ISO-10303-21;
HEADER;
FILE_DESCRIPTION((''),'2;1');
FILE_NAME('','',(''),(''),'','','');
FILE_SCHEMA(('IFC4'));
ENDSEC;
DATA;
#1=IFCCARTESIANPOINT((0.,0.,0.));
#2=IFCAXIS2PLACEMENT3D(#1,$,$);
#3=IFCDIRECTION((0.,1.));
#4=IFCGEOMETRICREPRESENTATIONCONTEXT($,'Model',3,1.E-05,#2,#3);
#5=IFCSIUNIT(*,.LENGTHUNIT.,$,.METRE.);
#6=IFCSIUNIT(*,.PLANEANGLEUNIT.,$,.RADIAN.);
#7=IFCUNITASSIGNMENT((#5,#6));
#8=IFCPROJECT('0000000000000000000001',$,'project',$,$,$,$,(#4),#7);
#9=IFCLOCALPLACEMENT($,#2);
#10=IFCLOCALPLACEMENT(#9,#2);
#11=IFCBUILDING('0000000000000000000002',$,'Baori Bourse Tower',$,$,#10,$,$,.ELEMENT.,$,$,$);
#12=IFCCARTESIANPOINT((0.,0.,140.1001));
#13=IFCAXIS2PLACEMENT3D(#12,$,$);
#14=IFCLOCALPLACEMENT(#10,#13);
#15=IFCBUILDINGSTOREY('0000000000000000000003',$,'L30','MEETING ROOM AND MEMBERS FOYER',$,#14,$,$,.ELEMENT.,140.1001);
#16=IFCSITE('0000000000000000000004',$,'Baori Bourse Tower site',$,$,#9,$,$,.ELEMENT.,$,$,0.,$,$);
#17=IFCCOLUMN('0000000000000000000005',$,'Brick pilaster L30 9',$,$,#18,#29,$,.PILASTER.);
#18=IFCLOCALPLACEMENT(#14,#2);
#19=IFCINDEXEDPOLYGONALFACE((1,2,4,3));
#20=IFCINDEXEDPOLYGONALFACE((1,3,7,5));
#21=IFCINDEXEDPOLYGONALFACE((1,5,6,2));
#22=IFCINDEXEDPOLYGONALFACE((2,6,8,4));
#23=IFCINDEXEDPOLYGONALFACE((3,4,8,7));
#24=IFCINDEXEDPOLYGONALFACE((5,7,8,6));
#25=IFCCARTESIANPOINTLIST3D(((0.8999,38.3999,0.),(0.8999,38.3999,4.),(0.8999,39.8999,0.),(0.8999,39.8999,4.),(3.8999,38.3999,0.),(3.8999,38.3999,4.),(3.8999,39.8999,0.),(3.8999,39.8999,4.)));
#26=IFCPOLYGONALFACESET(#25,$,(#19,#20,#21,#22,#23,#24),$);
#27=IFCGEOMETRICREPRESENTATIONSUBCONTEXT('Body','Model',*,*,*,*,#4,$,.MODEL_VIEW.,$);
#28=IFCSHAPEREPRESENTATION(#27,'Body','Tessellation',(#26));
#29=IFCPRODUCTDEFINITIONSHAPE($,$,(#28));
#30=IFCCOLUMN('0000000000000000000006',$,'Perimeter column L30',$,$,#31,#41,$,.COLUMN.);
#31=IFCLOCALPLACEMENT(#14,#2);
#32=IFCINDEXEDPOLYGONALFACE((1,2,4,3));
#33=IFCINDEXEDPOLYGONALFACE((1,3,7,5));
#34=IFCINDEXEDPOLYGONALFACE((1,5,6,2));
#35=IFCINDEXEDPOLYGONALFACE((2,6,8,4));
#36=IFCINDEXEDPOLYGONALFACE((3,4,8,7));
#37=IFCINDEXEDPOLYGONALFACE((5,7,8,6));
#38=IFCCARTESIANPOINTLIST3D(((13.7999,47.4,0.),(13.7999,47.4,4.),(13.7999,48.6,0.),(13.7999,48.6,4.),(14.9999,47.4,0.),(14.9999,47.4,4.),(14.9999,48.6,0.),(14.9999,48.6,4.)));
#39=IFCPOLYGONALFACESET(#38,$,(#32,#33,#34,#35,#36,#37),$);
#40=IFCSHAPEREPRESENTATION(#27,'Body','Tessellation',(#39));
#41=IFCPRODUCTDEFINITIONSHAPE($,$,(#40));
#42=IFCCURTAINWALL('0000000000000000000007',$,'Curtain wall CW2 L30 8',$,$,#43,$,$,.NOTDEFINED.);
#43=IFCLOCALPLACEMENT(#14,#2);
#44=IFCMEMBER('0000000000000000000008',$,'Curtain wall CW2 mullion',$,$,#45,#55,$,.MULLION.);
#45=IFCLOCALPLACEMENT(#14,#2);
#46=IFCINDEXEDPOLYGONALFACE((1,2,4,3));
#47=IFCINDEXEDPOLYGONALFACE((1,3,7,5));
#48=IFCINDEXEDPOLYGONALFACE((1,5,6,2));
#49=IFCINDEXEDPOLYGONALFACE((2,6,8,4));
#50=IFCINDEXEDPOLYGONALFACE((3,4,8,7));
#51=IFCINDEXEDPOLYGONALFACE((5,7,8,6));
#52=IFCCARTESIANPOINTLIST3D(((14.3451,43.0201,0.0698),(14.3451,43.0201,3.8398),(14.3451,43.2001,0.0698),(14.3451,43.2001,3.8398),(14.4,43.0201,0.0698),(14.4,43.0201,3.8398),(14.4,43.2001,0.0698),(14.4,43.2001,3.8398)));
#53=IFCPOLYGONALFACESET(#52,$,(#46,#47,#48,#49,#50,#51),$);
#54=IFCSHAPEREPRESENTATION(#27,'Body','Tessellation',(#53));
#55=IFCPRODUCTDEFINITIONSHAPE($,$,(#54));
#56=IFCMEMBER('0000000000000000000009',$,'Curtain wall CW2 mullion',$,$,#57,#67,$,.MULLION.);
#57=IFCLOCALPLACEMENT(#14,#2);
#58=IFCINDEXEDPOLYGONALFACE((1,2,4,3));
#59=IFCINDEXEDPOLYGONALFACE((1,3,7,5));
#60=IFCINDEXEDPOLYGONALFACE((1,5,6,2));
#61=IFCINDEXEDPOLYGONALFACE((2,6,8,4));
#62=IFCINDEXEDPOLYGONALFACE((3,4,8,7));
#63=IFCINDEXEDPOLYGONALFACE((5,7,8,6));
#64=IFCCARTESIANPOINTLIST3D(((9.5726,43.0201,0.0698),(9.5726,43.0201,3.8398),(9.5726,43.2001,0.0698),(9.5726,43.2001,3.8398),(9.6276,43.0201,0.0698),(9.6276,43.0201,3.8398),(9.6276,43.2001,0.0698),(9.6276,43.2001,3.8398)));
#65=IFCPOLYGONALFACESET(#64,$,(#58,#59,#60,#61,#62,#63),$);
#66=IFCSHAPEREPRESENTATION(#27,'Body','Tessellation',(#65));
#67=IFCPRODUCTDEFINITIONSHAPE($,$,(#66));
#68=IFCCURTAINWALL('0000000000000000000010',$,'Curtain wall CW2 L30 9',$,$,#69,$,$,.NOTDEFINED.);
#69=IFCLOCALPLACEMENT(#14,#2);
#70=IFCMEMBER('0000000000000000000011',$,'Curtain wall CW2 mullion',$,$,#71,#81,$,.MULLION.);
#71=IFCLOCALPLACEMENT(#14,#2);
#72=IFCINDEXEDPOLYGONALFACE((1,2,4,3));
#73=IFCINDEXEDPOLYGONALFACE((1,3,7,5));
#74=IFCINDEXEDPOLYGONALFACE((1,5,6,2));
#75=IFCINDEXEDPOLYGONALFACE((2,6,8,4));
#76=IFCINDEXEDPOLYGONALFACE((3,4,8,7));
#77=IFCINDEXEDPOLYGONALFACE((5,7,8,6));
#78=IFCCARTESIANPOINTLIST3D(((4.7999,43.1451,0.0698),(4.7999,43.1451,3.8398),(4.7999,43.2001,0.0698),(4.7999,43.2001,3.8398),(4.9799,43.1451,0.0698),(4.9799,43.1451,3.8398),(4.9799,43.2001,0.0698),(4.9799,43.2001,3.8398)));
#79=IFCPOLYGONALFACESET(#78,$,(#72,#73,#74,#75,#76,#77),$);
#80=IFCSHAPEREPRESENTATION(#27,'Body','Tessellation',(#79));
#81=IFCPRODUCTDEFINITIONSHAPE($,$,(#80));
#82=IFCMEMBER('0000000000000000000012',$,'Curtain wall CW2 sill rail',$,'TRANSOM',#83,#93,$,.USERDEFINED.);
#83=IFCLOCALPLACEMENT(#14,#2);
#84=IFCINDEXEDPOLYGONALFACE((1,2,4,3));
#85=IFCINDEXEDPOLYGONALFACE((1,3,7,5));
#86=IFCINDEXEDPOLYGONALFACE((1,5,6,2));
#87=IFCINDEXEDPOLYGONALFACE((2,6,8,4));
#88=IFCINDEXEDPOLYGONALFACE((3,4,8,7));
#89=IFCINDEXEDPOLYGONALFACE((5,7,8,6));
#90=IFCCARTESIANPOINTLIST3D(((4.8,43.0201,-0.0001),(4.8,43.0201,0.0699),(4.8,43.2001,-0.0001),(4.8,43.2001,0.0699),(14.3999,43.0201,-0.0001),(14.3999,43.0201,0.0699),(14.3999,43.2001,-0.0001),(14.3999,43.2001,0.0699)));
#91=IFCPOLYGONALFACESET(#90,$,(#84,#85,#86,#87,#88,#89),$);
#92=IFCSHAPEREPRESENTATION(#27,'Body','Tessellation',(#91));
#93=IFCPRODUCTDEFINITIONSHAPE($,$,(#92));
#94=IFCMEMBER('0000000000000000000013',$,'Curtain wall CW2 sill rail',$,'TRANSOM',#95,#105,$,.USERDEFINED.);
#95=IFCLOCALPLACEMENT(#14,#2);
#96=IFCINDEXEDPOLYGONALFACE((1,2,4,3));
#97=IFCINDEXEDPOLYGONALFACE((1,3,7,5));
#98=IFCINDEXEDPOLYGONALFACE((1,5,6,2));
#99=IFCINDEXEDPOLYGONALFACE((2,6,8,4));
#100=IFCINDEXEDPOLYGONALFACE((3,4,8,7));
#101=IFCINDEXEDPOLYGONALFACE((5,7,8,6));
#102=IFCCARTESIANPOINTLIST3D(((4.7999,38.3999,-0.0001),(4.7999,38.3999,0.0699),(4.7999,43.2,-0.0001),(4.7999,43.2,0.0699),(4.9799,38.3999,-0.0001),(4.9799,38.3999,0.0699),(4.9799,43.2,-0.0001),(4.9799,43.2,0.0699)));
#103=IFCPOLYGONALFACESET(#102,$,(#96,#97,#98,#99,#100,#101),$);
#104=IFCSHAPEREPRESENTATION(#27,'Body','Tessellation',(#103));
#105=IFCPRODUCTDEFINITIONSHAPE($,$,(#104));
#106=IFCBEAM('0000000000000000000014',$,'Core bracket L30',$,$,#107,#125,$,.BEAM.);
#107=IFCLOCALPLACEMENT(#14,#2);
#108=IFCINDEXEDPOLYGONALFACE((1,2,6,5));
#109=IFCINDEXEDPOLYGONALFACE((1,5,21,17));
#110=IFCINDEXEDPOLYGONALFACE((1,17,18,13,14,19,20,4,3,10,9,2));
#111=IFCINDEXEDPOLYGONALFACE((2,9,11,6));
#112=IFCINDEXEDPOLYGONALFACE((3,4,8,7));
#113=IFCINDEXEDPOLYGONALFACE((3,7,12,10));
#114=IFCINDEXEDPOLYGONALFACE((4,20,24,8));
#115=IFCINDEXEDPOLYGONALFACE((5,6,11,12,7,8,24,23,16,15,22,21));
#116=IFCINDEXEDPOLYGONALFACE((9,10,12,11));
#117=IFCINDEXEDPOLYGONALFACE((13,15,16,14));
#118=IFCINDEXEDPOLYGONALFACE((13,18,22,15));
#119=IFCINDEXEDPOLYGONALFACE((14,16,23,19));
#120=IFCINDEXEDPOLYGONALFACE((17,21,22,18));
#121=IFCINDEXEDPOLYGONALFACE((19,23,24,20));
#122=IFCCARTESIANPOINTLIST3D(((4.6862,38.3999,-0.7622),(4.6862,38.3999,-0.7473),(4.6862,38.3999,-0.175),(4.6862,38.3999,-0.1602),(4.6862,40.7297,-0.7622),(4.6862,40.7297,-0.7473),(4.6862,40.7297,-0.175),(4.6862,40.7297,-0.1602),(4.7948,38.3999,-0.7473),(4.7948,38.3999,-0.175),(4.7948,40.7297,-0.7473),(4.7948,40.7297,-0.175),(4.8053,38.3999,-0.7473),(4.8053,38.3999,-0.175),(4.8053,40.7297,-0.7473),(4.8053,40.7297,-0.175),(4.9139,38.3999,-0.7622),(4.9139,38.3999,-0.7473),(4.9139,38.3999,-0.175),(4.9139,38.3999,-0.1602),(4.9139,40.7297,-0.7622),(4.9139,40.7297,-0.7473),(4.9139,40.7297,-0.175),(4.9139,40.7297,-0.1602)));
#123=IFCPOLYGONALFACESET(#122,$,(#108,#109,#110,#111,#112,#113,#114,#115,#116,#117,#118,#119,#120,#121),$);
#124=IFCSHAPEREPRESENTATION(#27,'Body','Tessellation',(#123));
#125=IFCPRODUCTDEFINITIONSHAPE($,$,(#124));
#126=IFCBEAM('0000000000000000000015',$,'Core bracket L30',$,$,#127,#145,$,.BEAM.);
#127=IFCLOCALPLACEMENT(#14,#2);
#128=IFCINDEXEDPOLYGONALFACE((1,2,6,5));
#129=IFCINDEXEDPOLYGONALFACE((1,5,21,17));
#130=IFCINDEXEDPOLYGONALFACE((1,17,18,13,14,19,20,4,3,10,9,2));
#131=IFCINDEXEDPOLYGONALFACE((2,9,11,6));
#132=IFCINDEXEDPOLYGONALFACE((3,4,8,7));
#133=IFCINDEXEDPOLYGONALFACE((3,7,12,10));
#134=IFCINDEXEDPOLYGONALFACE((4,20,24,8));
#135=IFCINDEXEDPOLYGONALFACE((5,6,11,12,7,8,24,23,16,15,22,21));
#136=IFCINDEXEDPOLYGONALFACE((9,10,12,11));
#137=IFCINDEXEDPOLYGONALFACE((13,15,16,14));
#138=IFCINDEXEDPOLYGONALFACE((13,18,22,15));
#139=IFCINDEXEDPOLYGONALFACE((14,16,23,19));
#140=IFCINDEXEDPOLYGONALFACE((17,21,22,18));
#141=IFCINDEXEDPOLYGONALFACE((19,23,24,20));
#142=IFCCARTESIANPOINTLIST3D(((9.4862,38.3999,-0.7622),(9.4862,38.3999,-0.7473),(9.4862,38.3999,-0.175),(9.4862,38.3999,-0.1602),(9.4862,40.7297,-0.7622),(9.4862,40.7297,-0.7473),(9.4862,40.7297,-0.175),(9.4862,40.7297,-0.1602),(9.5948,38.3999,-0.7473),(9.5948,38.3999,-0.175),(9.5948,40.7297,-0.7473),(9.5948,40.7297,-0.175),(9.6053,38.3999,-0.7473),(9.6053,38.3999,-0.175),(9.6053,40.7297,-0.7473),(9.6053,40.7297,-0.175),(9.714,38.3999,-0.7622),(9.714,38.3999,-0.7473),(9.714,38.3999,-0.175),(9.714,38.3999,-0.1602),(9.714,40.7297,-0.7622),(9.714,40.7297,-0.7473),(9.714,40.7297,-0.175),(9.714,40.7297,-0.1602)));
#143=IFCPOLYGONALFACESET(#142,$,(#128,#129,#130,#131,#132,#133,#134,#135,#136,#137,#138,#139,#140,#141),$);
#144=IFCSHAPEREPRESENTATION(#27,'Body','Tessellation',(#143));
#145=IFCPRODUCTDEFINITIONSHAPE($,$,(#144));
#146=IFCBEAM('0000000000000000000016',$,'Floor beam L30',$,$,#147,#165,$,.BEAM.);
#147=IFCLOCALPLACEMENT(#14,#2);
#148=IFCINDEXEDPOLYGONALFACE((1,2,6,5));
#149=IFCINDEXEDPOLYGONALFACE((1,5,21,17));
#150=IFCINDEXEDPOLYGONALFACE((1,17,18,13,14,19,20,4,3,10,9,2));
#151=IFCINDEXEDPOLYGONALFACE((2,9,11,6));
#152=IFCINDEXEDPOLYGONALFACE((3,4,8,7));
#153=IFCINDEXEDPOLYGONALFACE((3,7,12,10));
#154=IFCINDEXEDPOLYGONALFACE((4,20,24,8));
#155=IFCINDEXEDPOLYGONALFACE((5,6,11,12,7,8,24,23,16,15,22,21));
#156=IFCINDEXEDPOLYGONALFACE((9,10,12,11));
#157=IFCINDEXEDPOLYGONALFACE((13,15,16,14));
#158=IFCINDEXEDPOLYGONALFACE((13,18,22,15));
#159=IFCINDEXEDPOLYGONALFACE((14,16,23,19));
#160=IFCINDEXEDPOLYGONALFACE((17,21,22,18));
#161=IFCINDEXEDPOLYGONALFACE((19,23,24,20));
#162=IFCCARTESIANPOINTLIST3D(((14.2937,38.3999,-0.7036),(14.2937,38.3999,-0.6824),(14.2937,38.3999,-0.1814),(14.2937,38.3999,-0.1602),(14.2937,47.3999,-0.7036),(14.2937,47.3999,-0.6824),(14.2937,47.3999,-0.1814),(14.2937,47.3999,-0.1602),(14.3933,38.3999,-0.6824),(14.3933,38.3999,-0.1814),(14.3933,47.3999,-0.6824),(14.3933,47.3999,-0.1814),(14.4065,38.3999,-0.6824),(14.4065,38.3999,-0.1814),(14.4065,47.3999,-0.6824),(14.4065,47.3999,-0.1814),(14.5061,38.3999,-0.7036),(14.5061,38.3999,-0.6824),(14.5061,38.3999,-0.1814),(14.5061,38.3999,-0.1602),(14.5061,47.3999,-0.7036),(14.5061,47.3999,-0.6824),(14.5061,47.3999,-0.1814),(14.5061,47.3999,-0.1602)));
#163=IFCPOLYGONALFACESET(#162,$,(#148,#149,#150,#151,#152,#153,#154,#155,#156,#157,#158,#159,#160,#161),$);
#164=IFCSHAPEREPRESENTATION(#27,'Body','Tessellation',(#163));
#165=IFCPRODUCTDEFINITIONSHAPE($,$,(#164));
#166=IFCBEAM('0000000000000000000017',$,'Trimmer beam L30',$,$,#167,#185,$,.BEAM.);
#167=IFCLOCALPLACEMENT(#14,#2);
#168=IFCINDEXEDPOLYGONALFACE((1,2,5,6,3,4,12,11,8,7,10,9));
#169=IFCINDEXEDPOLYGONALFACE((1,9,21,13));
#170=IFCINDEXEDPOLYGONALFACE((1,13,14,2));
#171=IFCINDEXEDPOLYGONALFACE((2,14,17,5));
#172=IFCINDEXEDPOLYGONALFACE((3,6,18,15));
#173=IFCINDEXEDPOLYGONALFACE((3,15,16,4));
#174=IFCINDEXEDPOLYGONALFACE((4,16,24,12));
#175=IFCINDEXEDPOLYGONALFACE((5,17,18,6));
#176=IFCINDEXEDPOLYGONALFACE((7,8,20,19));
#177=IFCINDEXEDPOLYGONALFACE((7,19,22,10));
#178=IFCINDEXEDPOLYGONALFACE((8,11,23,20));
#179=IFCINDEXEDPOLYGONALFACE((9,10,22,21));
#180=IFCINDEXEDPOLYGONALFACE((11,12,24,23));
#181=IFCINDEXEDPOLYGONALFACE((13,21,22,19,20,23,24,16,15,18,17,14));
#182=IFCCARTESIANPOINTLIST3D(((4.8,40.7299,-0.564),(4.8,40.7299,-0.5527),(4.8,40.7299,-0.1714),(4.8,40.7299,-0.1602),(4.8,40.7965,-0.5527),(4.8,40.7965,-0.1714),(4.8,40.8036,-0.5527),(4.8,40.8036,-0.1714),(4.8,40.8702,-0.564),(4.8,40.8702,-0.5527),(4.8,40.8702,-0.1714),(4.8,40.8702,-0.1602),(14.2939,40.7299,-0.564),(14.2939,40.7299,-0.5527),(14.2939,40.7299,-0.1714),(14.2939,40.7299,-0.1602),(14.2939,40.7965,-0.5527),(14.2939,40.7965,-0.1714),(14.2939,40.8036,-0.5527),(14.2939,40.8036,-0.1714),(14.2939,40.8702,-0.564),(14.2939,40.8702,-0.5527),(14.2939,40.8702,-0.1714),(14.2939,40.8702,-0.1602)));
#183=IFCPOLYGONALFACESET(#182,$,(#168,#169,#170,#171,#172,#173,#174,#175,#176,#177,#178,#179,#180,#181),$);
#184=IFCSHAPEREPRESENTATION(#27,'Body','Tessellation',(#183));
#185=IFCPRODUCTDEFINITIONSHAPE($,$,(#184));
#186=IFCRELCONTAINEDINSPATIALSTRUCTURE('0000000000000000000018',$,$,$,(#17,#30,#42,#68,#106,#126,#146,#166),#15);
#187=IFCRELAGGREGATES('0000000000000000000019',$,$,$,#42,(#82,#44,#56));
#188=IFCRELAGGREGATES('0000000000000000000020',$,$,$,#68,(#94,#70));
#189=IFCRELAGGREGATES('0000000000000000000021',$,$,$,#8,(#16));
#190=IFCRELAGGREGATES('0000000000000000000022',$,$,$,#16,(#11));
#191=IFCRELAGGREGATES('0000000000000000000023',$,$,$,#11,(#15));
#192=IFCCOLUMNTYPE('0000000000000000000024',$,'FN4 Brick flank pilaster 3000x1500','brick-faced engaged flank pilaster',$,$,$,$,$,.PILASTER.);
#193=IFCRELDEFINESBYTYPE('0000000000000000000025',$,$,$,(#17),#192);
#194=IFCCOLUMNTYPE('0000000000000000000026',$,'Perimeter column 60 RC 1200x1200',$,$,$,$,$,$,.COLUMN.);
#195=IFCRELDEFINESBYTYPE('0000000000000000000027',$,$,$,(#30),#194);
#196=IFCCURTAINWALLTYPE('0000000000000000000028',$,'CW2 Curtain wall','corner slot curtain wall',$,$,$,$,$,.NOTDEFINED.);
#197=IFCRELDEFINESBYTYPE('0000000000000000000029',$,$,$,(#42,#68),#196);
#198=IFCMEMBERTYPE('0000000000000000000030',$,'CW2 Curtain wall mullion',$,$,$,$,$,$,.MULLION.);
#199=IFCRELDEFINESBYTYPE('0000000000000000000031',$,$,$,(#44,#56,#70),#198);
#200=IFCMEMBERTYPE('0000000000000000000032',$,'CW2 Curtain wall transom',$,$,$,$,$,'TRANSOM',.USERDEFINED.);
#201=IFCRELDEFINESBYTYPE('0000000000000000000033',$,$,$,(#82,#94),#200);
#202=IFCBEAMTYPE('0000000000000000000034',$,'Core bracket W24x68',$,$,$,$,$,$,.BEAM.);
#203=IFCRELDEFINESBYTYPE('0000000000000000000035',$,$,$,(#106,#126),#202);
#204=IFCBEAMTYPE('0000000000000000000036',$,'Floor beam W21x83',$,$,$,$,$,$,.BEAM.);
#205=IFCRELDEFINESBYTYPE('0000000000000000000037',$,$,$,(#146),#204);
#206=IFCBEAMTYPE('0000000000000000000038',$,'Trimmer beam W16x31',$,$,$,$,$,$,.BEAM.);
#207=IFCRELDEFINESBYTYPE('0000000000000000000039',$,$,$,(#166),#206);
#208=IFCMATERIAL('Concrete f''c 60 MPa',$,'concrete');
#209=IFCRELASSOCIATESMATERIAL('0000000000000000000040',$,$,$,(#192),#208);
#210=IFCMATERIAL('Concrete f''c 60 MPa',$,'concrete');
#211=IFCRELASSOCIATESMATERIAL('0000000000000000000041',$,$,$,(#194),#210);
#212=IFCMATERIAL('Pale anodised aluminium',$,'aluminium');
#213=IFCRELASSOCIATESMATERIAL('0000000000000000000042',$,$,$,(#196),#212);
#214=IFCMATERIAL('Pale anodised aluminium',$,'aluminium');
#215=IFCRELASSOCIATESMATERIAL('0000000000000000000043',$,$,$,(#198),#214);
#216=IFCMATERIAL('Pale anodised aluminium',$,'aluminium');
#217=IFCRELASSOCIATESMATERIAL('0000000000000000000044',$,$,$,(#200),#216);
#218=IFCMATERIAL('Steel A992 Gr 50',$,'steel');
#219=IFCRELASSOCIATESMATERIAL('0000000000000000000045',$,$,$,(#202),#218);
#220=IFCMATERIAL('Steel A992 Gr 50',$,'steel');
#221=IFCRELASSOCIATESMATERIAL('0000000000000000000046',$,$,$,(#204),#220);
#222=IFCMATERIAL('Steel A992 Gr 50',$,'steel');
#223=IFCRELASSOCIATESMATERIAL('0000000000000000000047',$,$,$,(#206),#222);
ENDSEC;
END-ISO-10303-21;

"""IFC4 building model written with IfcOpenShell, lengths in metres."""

from ifc_helpers import new_model, si_unit, direction, frame, origin, origin_2d, place, context, subcontext, project, spatial, rectangle, i_section, extrude, material, material_profile, profile_set, type_object, element, aggregate, save


model = new_model("IFC4")

# Units and contexts
model_context = context("Model", 3, precision=1e-05, world=origin(), true_north=direction((0.0, 1.0)))
body_context = subcontext(model_context, "Body", "Model", "MODEL_VIEW")
ifc_project = project(units=[si_unit("LENGTHUNIT", "METRE"), si_unit("PLANEANGLEUNIT", "RADIAN")], contexts=[model_context])

# Site, building, storey
site_placement = place(None, origin())
site = spatial("IfcSite", under=ifc_project, at=site_placement, Name="Baori Bourse Tower site", CompositionType="ELEMENT", RefElevation=0.0)
building_placement = place(site_placement, origin())
building = spatial("IfcBuilding", under=site, at=building_placement, Name="Baori Bourse Tower", CompositionType="ELEMENT")
storey_placement = place(building_placement, frame((0.0, 0.0, 140.1001)))
storey = spatial("IfcBuildingStorey", under=building, at=storey_placement, Name="L30", Description="MEETING ROOM AND MEMBERS FOYER", CompositionType="ELEMENT", Elevation=140.1001)

# Columns
ifc_material_1 = material(Name="Concrete f'c 60 MPa", Category="concrete")
ifc_material_profile_1 = material_profile(ifc_material_1, rectangle(XDim=3.0, YDim=1.5, at=origin_2d()), Name="RC 3000x1500")
ifc_profile_set_1 = profile_set([ifc_material_profile_1], Name="Concrete f'c 60 MPa")
column_type_1 = type_object("IfcColumnType", Name="FN4 Brick flank pilaster 3000x1500", Description="brick-faced engaged flank pilaster", PredefinedType="PILASTER", material=ifc_profile_set_1)
column_1_placement = place(storey_placement, frame((2.3999, 39.1499, 0.0), z_axis=(0.0, 0.0, 1.0), x_axis=(1.0, 0.0, 0.0)))
element("IfcColumn", 1, at=column_1_placement, inside=storey, type_object=column_type_1, Name="Brick pilaster L30 9", PredefinedType="PILASTER", context=body_context, shape_type="SweptSolid", body=[
    extrude(rectangle(XDim=3.0, YDim=1.5, at=origin_2d()), origin(), (0.0, 0.0, 1.0), 4.0),
])
ifc_material_2 = material(Name="Concrete f'c 60 MPa", Category="concrete")
ifc_material_profile_2 = material_profile(ifc_material_2, rectangle(XDim=1.2, YDim=1.2, at=origin_2d()), Name="RC 1200x1200")
ifc_profile_set_2 = profile_set([ifc_material_profile_2], Name="Concrete f'c 60 MPa")
column_type_2 = type_object("IfcColumnType", Name="Perimeter column 60 RC 1200x1200", PredefinedType="COLUMN", material=ifc_profile_set_2)
column_2_placement = place(storey_placement, frame((14.3999, 48.0, 0.0), z_axis=(0.0, 0.0, 1.0), x_axis=(1.0, 0.0, 0.0)))
element("IfcColumn", 2, at=column_2_placement, inside=storey, type_object=column_type_2, Name="Perimeter column L30", PredefinedType="COLUMN", context=body_context, shape_type="SweptSolid", body=[
    extrude(rectangle(XDim=1.2, YDim=1.2, at=origin_2d()), origin(), (0.0, 0.0, 1.0), 4.0),
])

# Curtain wall, members
ifc_material_3 = material(Name="Pale anodised aluminium", Category="aluminium")
curtain_wall_type = type_object("IfcCurtainWallType", Name="CW2 Curtain wall", Description="corner slot curtain wall", PredefinedType="NOTDEFINED", material=ifc_material_3)
curtain_wall_1_placement = place(storey_placement, origin())
curtain_wall_1 = element("IfcCurtainWall", 3, at=curtain_wall_1_placement, inside=storey, type_object=curtain_wall_type, Name="Curtain wall CW2 L30 8", PredefinedType="NOTDEFINED")
ifc_material_4 = material(Name="Pale anodised aluminium", Category="aluminium")
ifc_material_profile_3 = material_profile(ifc_material_4, rectangle(XDim=0.1799, YDim=0.0549, at=origin_2d()), Name="Mullion 55x180")
ifc_profile_set_3 = profile_set([ifc_material_profile_3], Name="Pale anodised aluminium")
member_type_1 = type_object("IfcMemberType", Name="CW2 Curtain wall mullion", PredefinedType="MULLION", material=ifc_profile_set_3)
member_1_placement = place(storey_placement, frame((14.3726, 43.1101, 0.0698), z_axis=(0.0, 0.0, 1.0), x_axis=(0.0, -1.0, 0.0)))
member_1 = element("IfcMember", 4, at=member_1_placement, type_object=member_type_1, Name="Curtain wall CW2 mullion", PredefinedType="MULLION", context=body_context, shape_type="SweptSolid", body=[
    extrude(rectangle(XDim=0.1799, YDim=0.0549, at=origin_2d()), origin(), (0.0, 0.0, 1.0), 3.77),
])
member_2_placement = place(storey_placement, frame((9.6001, 43.1101, 0.0698), z_axis=(0.0, 0.0, 1.0), x_axis=(0.0, -1.0, 0.0)))
member_2 = element("IfcMember", 5, at=member_2_placement, type_object=member_type_1, Name="Curtain wall CW2 mullion", PredefinedType="MULLION", context=body_context, shape_type="SweptSolid", body=[
    extrude(rectangle(XDim=0.1799, YDim=0.0549, at=origin_2d()), origin(), (0.0, 0.0, 1.0), 3.77),
])

# Curtain wall, member
curtain_wall_2_placement = place(storey_placement, origin())
curtain_wall_2 = element("IfcCurtainWall", 6, at=curtain_wall_2_placement, inside=storey, type_object=curtain_wall_type, Name="Curtain wall CW2 L30 9", PredefinedType="NOTDEFINED")
member_3_placement = place(storey_placement, frame((4.8899, 43.1726, 0.0698), z_axis=(0.0, 0.0, 1.0), x_axis=(1.0, 0.0, 0.0)))
member_3 = element("IfcMember", 7, at=member_3_placement, type_object=member_type_1, Name="Curtain wall CW2 mullion", PredefinedType="MULLION", context=body_context, shape_type="SweptSolid", body=[
    extrude(rectangle(XDim=0.1799, YDim=0.0549, at=origin_2d()), origin(), (0.0, 0.0, 1.0), 3.77),
])

# Members
ifc_material_5 = material(Name="Pale anodised aluminium", Category="aluminium")
ifc_material_profile_4 = material_profile(ifc_material_5, rectangle(XDim=0.1799, YDim=0.0701, at=origin_2d()), Name="Transom 70x180")
ifc_profile_set_4 = profile_set([ifc_material_profile_4], Name="Pale anodised aluminium")
member_type_2 = type_object("IfcMemberType", Name="CW2 Curtain wall transom", ElementType="TRANSOM", PredefinedType="USERDEFINED", material=ifc_profile_set_4)
member_4_placement = place(storey_placement, frame((14.3999, 43.1101, 0.0349), z_axis=(-1.0, 0.0, 0.0), x_axis=(0.0, -1.0, 0.0)))
member_4 = element("IfcMember", 8, at=member_4_placement, type_object=member_type_2, Name="Curtain wall CW2 sill rail", ObjectType="TRANSOM", PredefinedType="USERDEFINED", context=body_context, shape_type="SweptSolid", body=[
    extrude(rectangle(XDim=0.1799, YDim=0.0701, at=origin_2d()), origin(), (0.0, 0.0, 1.0), 9.5999),
])
member_5_placement = place(storey_placement, frame((4.8899, 43.2, 0.0349), z_axis=(0.0, -1.0, 0.0), x_axis=(1.0, 0.0, 0.0)))
member_5 = element("IfcMember", 9, at=member_5_placement, type_object=member_type_2, Name="Curtain wall CW2 sill rail", ObjectType="TRANSOM", PredefinedType="USERDEFINED", context=body_context, shape_type="SweptSolid", body=[
    extrude(rectangle(XDim=0.1799, YDim=0.0701, at=origin_2d()), origin(), (0.0, 0.0, 1.0), 4.8),
])

# Beams
ifc_material_6 = material(Name="Steel A992 Gr 50", Category="steel")
ifc_material_profile_5 = material_profile(ifc_material_6, i_section(OverallWidth=0.2278, OverallDepth=0.6021, WebThickness=0.0105, FlangeThickness=0.0149, at=origin_2d()), Name="W24x68")
ifc_profile_set_5 = profile_set([ifc_material_profile_5], Name="Steel A992 Gr 50")
beam_type_1 = type_object("IfcBeamType", Name="Core bracket W24x68", PredefinedType="BEAM", material=ifc_profile_set_5)
for number, where, z_axis, x_axis, name in (
    (10, (4.8, 38.3999, -0.4612), (0.0, 1.0, 0.0), (-1.0, 0.0, 0.0), "Core bracket L30"),
    (11, (9.6001, 38.3999, -0.4612), (0.0, 1.0, 0.0), (-1.0, 0.0, 0.0), "Core bracket L30"),
):
    element("IfcBeam", number, at=place(storey_placement, frame(where, z_axis=z_axis, x_axis=x_axis)), inside=storey, type_object=beam_type_1, Name=name, PredefinedType="BEAM", context=body_context, shape_type="SweptSolid", body=[
        extrude(i_section(OverallWidth=0.2278, OverallDepth=0.6021, WebThickness=0.0105, FlangeThickness=0.0149, at=origin_2d()), origin(), (0.0, 0.0, 1.0), 2.3298),
    ])
ifc_material_7 = material(Name="Steel A992 Gr 50", Category="steel")
ifc_material_profile_6 = material_profile(ifc_material_7, i_section(OverallWidth=0.2124, OverallDepth=0.5435, WebThickness=0.0132, FlangeThickness=0.0212, at=origin_2d()), Name="W21x83")
ifc_profile_set_6 = profile_set([ifc_material_profile_6], Name="Steel A992 Gr 50")
beam_type_2 = type_object("IfcBeamType", Name="Floor beam W21x83", PredefinedType="BEAM", material=ifc_profile_set_6)
beam_1_placement = place(storey_placement, frame((14.3999, 38.3999, -0.4319), z_axis=(0.0, 1.0, 0.0), x_axis=(-1.0, 0.0, 0.0)))
element("IfcBeam", 12, at=beam_1_placement, inside=storey, type_object=beam_type_2, Name="Floor beam L30", PredefinedType="BEAM", context=body_context, shape_type="SweptSolid", body=[
    extrude(i_section(OverallWidth=0.2124, OverallDepth=0.5435, WebThickness=0.0132, FlangeThickness=0.0212, at=origin_2d()), origin(), (0.0, 0.0, 1.0), 9.0),
])
ifc_material_8 = material(Name="Steel A992 Gr 50", Category="steel")
ifc_material_profile_7 = material_profile(ifc_material_8, i_section(OverallWidth=0.1404, OverallDepth=0.4038, WebThickness=0.0071, FlangeThickness=0.0112, at=origin_2d()), Name="W16x31")
ifc_profile_set_7 = profile_set([ifc_material_profile_7], Name="Steel A992 Gr 50")
beam_type_3 = type_object("IfcBeamType", Name="Trimmer beam W16x31", PredefinedType="BEAM", material=ifc_profile_set_7)
beam_2_placement = place(storey_placement, frame((4.8, 40.8, -0.3621), z_axis=(1.0, 0.0, 0.0), x_axis=(0.0, 1.0, 0.0)))
element("IfcBeam", 13, at=beam_2_placement, inside=storey, type_object=beam_type_3, Name="Trimmer beam L30", PredefinedType="BEAM", context=body_context, shape_type="SweptSolid", body=[
    extrude(i_section(OverallWidth=0.1404, OverallDepth=0.4038, WebThickness=0.0071, FlangeThickness=0.0112, at=origin_2d()), origin(), (0.0, 0.0, 1.0), 9.4939),
])

aggregate(curtain_wall_1, [member_4, member_1, member_2])
aggregate(curtain_wall_2, [member_5, member_3])

save(model, "model.ifc")
